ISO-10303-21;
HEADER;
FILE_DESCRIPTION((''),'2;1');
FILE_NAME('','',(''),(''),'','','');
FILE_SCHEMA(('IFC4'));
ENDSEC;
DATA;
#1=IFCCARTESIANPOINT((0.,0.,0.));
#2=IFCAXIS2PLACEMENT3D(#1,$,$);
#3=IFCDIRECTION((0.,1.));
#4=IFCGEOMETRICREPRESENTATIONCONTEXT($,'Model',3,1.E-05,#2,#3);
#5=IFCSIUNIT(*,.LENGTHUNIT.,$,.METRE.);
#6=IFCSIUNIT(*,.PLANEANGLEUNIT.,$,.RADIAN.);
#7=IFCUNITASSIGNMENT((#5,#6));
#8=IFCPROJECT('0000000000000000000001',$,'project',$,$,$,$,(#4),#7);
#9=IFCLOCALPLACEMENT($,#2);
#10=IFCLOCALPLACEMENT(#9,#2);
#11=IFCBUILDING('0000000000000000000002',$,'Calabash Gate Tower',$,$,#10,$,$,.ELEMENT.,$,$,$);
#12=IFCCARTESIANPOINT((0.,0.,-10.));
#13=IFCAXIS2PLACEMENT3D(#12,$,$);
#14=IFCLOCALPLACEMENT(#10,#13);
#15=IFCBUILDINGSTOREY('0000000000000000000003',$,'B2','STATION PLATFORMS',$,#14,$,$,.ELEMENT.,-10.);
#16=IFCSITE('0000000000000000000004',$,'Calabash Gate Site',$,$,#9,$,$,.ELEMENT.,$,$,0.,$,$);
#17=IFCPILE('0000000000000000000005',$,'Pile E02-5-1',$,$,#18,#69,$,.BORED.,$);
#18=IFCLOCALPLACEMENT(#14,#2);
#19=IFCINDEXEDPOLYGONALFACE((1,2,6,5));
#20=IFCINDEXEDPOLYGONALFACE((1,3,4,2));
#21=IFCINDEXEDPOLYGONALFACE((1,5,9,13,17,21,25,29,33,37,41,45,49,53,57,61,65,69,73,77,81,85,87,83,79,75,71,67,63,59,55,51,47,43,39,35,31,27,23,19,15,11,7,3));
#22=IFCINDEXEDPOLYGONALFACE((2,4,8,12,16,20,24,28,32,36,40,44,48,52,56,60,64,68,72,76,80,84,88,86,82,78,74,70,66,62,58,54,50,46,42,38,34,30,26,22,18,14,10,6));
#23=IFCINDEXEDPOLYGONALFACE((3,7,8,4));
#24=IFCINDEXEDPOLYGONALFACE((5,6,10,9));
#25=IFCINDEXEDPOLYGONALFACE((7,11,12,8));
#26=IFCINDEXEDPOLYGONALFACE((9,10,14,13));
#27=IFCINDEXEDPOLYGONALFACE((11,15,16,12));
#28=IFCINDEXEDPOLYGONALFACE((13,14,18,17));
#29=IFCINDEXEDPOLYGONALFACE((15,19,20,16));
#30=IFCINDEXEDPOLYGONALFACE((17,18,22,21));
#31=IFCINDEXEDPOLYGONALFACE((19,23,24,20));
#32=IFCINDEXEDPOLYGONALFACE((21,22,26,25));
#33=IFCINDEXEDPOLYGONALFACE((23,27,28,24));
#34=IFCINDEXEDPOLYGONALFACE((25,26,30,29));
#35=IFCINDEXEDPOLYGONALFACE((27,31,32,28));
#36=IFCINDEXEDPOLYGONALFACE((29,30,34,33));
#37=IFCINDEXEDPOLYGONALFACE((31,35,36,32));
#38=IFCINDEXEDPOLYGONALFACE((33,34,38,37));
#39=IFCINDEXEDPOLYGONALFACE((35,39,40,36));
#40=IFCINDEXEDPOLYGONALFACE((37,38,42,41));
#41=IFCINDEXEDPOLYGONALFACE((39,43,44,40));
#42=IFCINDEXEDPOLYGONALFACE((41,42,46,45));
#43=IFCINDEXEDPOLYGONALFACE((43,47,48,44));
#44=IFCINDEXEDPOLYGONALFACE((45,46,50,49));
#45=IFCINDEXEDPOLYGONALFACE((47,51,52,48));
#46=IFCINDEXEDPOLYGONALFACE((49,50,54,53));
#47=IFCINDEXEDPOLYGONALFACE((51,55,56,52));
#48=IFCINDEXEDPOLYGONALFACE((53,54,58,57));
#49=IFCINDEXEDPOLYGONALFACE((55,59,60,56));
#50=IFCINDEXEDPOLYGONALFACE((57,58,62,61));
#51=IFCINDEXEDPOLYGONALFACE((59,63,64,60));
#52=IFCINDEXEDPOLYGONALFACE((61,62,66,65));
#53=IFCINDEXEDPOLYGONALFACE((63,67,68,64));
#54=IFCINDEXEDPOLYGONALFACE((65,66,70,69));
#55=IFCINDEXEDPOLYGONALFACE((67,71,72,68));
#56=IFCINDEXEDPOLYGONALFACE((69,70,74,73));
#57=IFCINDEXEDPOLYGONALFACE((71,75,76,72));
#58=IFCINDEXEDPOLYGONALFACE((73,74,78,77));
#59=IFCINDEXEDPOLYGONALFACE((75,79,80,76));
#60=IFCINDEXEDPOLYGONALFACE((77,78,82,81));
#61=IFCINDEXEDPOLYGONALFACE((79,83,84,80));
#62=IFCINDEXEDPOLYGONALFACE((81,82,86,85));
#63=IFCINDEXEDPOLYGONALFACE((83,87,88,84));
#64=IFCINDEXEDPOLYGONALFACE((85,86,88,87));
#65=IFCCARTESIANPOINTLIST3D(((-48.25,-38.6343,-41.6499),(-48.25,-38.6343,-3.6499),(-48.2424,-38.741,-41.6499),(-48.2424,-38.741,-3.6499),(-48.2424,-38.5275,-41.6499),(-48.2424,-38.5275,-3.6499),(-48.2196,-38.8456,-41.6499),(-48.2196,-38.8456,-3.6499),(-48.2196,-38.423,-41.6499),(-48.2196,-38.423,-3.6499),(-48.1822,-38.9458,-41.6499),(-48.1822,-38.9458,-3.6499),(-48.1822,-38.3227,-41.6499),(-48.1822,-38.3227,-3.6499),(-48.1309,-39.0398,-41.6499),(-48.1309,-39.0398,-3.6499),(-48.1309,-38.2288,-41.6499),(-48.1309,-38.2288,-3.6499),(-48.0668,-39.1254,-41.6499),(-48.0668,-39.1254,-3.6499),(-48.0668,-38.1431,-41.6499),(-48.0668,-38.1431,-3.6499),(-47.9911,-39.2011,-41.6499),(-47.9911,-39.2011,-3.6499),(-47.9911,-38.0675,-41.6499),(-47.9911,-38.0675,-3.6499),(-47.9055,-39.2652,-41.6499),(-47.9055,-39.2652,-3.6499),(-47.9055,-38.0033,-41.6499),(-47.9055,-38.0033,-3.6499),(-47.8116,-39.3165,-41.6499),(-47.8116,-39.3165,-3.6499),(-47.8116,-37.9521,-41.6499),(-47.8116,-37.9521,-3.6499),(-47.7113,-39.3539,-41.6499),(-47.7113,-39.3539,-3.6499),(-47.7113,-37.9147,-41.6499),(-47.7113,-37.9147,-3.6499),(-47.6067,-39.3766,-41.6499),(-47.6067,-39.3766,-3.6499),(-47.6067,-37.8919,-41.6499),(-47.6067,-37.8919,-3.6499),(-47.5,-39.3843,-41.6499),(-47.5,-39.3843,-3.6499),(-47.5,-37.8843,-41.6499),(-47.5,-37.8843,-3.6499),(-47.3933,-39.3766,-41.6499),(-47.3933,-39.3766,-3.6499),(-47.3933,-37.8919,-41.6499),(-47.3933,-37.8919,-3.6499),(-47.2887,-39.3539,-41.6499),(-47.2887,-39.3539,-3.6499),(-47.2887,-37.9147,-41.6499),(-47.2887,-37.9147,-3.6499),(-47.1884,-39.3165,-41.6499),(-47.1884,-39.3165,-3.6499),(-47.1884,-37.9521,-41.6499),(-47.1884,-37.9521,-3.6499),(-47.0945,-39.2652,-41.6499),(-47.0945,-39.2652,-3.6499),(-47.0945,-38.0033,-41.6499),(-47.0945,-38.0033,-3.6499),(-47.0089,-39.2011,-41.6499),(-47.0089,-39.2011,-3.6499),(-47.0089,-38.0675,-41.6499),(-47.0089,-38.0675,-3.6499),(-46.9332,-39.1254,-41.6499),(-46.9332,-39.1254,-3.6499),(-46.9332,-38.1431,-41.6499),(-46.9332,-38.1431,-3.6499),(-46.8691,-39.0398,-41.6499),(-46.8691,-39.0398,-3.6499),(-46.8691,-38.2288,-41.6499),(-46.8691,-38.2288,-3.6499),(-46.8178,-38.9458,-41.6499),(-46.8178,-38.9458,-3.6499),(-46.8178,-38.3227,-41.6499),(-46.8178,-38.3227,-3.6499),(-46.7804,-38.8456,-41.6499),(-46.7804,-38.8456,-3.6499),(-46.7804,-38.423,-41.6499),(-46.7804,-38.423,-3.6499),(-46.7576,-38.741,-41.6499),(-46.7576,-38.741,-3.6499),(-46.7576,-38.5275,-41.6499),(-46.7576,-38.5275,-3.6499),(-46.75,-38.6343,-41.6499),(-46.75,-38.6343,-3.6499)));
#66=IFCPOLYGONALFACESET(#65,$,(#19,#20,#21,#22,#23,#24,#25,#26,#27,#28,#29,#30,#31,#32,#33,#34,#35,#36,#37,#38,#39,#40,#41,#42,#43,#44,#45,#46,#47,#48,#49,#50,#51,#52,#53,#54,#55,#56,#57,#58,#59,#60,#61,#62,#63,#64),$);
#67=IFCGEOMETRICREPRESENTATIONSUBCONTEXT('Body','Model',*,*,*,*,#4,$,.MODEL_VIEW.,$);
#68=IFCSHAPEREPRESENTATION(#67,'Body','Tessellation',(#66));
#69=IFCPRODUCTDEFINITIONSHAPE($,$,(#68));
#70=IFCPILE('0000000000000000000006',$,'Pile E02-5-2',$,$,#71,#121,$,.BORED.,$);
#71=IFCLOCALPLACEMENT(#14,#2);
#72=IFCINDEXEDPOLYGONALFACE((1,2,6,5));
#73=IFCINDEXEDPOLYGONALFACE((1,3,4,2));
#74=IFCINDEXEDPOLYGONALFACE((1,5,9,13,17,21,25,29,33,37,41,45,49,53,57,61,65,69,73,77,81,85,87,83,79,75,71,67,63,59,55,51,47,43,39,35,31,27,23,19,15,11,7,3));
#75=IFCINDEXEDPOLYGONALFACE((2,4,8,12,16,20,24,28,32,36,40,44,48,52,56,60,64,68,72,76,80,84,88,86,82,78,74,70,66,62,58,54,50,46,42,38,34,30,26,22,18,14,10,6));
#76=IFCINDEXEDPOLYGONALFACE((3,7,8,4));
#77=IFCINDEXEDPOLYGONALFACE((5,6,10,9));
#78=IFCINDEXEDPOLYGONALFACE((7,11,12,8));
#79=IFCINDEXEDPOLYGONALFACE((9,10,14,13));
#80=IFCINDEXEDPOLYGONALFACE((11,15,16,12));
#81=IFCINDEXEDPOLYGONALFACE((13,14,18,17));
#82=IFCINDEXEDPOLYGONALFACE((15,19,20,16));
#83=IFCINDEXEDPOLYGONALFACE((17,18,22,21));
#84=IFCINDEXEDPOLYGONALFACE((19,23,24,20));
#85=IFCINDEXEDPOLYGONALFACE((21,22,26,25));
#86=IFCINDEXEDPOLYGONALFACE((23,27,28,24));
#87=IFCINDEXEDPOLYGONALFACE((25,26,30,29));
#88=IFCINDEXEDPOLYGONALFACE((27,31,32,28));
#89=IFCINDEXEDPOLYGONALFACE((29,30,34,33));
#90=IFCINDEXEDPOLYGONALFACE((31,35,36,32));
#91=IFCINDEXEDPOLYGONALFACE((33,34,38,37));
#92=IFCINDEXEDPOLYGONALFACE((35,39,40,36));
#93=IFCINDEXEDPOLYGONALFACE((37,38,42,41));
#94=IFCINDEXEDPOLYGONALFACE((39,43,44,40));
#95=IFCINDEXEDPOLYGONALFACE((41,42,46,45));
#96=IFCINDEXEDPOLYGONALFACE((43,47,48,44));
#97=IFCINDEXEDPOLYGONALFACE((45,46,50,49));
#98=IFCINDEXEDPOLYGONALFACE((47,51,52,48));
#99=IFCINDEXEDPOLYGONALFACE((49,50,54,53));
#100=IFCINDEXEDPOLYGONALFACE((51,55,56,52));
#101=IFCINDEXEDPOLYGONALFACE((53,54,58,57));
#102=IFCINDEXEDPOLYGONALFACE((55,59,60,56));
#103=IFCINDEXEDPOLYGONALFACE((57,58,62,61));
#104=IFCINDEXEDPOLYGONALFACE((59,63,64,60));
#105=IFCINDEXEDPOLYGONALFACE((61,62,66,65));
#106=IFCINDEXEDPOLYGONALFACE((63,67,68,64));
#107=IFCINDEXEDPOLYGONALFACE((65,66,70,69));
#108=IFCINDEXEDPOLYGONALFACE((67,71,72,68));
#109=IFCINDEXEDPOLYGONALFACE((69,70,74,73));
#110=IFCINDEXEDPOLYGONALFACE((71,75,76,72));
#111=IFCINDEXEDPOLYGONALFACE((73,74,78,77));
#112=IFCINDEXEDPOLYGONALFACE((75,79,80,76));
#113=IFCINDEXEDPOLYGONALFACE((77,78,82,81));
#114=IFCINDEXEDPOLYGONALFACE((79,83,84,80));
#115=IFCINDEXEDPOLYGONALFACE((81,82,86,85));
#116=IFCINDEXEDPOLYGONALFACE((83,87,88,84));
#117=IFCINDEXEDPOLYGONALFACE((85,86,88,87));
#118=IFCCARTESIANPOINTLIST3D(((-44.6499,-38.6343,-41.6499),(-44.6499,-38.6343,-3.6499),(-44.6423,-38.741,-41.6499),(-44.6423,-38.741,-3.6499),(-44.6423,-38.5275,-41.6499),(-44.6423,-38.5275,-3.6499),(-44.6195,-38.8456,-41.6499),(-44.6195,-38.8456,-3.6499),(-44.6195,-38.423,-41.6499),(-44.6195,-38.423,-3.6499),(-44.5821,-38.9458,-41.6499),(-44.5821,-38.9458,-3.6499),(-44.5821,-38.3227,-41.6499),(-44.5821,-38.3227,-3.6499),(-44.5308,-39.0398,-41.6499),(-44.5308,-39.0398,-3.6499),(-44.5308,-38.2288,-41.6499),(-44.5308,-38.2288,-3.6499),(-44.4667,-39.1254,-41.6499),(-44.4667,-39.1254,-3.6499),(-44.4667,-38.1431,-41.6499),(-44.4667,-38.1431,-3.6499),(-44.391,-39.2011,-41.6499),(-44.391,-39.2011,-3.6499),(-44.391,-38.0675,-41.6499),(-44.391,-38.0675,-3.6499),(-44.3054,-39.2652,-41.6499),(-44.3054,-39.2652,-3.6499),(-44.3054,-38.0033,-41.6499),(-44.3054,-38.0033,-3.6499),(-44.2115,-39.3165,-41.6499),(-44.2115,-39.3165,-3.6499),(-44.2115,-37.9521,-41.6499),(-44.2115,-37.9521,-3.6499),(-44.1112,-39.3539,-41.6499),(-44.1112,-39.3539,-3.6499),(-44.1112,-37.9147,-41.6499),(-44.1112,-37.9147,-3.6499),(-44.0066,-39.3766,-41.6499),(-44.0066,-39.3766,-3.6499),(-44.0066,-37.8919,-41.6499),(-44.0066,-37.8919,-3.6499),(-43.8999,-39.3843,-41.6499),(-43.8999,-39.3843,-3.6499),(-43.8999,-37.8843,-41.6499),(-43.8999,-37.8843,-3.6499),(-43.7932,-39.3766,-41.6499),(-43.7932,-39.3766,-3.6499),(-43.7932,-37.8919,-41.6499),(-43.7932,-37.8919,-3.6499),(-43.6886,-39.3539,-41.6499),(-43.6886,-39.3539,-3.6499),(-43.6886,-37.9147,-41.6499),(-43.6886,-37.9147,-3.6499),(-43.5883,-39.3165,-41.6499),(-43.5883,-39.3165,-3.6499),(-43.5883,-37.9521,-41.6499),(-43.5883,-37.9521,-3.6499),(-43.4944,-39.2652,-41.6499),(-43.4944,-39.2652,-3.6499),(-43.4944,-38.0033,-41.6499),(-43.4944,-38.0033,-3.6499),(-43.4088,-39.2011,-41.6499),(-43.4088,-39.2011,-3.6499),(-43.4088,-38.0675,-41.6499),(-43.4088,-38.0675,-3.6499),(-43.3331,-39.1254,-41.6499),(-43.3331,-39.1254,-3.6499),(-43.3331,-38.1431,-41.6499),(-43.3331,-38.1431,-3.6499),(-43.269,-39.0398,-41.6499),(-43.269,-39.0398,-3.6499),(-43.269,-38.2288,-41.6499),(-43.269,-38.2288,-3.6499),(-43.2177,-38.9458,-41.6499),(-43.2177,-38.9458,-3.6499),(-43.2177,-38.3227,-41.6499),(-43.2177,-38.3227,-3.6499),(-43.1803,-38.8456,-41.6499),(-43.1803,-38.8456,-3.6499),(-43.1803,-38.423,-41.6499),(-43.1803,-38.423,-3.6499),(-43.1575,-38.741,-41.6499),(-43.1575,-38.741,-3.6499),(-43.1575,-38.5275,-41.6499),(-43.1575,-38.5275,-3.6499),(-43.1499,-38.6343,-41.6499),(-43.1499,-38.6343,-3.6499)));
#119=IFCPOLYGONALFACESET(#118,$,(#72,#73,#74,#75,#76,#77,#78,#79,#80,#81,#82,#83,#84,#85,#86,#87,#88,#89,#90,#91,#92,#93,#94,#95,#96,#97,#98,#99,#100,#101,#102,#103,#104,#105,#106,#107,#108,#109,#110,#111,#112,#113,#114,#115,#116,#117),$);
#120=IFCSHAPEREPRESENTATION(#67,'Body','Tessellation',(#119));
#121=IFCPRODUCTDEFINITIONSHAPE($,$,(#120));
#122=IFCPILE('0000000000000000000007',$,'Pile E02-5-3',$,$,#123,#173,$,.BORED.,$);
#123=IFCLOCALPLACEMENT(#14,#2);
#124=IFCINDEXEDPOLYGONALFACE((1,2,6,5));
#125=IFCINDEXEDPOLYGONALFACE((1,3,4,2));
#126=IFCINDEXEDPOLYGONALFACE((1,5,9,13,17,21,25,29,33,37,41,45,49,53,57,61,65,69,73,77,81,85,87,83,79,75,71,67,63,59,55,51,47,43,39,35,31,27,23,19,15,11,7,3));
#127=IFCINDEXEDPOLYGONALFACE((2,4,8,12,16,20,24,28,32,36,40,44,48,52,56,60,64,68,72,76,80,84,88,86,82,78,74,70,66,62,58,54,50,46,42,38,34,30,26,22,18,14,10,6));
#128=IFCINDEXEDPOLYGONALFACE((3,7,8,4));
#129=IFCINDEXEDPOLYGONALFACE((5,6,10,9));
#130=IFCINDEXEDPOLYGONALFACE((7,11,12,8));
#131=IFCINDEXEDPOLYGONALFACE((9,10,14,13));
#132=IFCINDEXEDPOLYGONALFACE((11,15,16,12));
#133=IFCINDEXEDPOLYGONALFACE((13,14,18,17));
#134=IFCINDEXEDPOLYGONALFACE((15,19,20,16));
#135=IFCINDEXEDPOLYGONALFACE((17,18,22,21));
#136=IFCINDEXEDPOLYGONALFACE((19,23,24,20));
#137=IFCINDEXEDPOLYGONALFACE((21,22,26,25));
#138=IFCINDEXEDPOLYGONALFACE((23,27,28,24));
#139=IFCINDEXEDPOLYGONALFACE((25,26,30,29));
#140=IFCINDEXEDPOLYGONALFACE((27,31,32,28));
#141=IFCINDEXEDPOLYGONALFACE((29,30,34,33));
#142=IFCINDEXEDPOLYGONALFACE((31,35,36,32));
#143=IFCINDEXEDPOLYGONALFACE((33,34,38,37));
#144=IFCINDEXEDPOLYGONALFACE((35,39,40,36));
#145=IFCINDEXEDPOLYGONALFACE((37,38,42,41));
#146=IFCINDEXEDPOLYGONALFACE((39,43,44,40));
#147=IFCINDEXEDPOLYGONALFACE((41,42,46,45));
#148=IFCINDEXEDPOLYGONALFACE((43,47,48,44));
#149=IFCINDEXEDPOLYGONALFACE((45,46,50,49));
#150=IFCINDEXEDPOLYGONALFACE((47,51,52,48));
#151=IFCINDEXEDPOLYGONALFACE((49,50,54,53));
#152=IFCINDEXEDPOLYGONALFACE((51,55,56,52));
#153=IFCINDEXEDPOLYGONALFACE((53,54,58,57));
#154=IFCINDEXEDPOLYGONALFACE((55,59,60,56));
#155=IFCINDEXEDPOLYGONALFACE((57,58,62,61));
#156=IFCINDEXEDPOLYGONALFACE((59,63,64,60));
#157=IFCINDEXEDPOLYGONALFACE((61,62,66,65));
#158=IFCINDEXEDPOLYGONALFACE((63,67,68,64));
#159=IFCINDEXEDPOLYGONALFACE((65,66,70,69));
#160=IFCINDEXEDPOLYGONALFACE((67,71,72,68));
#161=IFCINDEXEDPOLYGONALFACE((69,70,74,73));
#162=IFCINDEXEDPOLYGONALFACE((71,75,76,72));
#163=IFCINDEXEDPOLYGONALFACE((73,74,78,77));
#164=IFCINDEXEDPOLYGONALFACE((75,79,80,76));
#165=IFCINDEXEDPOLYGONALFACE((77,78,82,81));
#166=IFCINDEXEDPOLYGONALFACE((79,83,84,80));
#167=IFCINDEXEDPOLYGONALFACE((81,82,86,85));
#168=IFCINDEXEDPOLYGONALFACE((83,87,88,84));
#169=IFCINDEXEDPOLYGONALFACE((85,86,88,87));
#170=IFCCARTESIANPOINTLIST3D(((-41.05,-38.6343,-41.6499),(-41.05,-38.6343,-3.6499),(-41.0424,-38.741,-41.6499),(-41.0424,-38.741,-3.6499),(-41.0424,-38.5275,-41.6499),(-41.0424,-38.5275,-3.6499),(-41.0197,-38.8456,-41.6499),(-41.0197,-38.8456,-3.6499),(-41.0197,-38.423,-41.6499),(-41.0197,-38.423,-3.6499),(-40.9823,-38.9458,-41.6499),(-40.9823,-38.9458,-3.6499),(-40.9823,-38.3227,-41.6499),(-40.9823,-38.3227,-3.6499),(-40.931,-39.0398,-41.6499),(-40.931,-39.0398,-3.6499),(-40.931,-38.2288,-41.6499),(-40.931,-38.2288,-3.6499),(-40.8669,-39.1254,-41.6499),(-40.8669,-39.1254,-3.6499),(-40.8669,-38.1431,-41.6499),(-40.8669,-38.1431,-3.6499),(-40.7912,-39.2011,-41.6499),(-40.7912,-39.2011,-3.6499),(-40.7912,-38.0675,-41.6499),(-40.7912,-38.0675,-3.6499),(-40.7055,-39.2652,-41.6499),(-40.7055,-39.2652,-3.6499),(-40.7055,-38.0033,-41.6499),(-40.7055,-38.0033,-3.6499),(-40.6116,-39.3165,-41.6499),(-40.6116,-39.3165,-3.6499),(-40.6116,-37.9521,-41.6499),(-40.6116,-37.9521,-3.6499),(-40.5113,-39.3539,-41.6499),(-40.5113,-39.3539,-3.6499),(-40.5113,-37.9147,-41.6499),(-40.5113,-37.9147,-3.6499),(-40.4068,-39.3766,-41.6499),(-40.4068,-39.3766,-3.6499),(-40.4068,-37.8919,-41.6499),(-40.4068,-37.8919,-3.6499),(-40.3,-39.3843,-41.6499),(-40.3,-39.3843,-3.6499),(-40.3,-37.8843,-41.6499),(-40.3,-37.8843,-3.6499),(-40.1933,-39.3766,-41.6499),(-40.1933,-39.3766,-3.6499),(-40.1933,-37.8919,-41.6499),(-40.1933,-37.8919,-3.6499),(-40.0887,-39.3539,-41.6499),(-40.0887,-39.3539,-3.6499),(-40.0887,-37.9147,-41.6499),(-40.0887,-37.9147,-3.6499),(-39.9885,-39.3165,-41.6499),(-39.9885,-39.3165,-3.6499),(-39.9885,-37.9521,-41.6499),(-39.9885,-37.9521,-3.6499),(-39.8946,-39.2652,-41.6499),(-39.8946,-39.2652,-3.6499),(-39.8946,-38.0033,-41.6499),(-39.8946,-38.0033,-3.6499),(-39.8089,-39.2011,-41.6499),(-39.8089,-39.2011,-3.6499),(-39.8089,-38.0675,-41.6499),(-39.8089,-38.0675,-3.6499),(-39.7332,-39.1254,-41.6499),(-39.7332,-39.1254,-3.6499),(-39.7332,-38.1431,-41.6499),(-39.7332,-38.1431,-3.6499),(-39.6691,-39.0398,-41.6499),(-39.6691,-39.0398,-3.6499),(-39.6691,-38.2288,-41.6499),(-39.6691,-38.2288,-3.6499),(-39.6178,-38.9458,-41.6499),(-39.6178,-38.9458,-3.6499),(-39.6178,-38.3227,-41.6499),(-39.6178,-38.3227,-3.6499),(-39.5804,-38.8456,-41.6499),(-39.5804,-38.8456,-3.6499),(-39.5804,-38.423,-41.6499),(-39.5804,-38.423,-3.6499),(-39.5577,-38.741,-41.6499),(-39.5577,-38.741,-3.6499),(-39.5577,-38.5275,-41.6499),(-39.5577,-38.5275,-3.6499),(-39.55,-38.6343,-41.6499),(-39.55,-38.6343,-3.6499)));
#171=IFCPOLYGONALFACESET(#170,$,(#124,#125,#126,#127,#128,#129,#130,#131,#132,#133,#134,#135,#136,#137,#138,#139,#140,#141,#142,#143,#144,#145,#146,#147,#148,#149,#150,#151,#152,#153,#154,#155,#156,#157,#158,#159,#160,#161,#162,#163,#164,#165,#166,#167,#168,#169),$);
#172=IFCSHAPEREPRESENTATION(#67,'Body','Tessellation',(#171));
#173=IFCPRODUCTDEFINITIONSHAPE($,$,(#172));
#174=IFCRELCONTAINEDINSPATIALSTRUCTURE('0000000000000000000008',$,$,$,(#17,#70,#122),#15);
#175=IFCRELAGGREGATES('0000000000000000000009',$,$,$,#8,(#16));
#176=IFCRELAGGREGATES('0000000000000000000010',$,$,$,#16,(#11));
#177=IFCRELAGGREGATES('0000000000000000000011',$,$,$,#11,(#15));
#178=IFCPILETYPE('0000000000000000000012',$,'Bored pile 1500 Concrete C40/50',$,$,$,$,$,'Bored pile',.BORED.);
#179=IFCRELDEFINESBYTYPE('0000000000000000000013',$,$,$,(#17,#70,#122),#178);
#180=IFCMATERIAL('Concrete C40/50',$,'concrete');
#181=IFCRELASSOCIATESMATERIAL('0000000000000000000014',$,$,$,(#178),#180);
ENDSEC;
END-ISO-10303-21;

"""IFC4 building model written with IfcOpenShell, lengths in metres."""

from ifc_helpers import new_model, si_unit, direction, frame, origin, origin_2d, place, context, subcontext, project, spatial, circle, extrude, material, material_profile, profile_set, type_object, element, save


model = new_model("IFC4")

# Units and contexts
model_context = context("Model", 3, precision=1e-05, world=origin(), true_north=direction((0.0, 1.0)))
body_context = subcontext(model_context, "Body", "Model", "MODEL_VIEW")
ifc_project = project(units=[si_unit("LENGTHUNIT", "METRE"), si_unit("PLANEANGLEUNIT", "RADIAN")], contexts=[model_context])

# Site, building, storey
site_placement = place(None, origin())
site = spatial("IfcSite", under=ifc_project, at=site_placement, Name="Calabash Gate Site", CompositionType="ELEMENT", RefElevation=0.0)
building_placement = place(site_placement, origin())
building = spatial("IfcBuilding", under=site, at=building_placement, Name="Calabash Gate Tower", CompositionType="ELEMENT")
storey_placement = place(building_placement, frame((0.0, 0.0, -10.0)))
storey = spatial("IfcBuildingStorey", under=building, at=storey_placement, Name="B2", Description="STATION PLATFORMS", CompositionType="ELEMENT", Elevation=-10.0)

# Piles
ifc_material_1 = material(Name="Concrete C40/50", Category="concrete")
ifc_material_profile_1 = material_profile(ifc_material_1, circle(Radius=0.75, at=origin_2d()))
ifc_profile_set_1 = profile_set([ifc_material_profile_1], Name="Concrete C40/50")
pile_type = type_object("IfcPileType", Name="Bored pile 1500 Concrete C40/50", ElementType="Bored pile", PredefinedType="BORED", material=ifc_profile_set_1)
for number, where, z_axis, x_axis, name in (
    (1, (-47.5, -38.6343, -3.6499), (0.0, 0.0, -1.0), (1.0, 0.0, 0.0), "Pile E02-5-1"),
    (2, (-43.8999, -38.6343, -3.6499), (0.0, 0.0, -1.0), (1.0, 0.0, 0.0), "Pile E02-5-2"),
    (3, (-40.3, -38.6343, -3.6499), (0.0, 0.0, -1.0), (1.0, 0.0, 0.0), "Pile E02-5-3"),
):
    element("IfcPile", number, at=place(storey_placement, frame(where, z_axis=z_axis, x_axis=x_axis)), inside=storey, type_object=pile_type, Name=name, PredefinedType="BORED", context=body_context, shape_type="SweptSolid", body=[
        extrude(circle(Radius=0.75, at=origin_2d()), origin(), (0.0, 0.0, 1.0), 38.0),
    ])

save(model, "model.ifc")
